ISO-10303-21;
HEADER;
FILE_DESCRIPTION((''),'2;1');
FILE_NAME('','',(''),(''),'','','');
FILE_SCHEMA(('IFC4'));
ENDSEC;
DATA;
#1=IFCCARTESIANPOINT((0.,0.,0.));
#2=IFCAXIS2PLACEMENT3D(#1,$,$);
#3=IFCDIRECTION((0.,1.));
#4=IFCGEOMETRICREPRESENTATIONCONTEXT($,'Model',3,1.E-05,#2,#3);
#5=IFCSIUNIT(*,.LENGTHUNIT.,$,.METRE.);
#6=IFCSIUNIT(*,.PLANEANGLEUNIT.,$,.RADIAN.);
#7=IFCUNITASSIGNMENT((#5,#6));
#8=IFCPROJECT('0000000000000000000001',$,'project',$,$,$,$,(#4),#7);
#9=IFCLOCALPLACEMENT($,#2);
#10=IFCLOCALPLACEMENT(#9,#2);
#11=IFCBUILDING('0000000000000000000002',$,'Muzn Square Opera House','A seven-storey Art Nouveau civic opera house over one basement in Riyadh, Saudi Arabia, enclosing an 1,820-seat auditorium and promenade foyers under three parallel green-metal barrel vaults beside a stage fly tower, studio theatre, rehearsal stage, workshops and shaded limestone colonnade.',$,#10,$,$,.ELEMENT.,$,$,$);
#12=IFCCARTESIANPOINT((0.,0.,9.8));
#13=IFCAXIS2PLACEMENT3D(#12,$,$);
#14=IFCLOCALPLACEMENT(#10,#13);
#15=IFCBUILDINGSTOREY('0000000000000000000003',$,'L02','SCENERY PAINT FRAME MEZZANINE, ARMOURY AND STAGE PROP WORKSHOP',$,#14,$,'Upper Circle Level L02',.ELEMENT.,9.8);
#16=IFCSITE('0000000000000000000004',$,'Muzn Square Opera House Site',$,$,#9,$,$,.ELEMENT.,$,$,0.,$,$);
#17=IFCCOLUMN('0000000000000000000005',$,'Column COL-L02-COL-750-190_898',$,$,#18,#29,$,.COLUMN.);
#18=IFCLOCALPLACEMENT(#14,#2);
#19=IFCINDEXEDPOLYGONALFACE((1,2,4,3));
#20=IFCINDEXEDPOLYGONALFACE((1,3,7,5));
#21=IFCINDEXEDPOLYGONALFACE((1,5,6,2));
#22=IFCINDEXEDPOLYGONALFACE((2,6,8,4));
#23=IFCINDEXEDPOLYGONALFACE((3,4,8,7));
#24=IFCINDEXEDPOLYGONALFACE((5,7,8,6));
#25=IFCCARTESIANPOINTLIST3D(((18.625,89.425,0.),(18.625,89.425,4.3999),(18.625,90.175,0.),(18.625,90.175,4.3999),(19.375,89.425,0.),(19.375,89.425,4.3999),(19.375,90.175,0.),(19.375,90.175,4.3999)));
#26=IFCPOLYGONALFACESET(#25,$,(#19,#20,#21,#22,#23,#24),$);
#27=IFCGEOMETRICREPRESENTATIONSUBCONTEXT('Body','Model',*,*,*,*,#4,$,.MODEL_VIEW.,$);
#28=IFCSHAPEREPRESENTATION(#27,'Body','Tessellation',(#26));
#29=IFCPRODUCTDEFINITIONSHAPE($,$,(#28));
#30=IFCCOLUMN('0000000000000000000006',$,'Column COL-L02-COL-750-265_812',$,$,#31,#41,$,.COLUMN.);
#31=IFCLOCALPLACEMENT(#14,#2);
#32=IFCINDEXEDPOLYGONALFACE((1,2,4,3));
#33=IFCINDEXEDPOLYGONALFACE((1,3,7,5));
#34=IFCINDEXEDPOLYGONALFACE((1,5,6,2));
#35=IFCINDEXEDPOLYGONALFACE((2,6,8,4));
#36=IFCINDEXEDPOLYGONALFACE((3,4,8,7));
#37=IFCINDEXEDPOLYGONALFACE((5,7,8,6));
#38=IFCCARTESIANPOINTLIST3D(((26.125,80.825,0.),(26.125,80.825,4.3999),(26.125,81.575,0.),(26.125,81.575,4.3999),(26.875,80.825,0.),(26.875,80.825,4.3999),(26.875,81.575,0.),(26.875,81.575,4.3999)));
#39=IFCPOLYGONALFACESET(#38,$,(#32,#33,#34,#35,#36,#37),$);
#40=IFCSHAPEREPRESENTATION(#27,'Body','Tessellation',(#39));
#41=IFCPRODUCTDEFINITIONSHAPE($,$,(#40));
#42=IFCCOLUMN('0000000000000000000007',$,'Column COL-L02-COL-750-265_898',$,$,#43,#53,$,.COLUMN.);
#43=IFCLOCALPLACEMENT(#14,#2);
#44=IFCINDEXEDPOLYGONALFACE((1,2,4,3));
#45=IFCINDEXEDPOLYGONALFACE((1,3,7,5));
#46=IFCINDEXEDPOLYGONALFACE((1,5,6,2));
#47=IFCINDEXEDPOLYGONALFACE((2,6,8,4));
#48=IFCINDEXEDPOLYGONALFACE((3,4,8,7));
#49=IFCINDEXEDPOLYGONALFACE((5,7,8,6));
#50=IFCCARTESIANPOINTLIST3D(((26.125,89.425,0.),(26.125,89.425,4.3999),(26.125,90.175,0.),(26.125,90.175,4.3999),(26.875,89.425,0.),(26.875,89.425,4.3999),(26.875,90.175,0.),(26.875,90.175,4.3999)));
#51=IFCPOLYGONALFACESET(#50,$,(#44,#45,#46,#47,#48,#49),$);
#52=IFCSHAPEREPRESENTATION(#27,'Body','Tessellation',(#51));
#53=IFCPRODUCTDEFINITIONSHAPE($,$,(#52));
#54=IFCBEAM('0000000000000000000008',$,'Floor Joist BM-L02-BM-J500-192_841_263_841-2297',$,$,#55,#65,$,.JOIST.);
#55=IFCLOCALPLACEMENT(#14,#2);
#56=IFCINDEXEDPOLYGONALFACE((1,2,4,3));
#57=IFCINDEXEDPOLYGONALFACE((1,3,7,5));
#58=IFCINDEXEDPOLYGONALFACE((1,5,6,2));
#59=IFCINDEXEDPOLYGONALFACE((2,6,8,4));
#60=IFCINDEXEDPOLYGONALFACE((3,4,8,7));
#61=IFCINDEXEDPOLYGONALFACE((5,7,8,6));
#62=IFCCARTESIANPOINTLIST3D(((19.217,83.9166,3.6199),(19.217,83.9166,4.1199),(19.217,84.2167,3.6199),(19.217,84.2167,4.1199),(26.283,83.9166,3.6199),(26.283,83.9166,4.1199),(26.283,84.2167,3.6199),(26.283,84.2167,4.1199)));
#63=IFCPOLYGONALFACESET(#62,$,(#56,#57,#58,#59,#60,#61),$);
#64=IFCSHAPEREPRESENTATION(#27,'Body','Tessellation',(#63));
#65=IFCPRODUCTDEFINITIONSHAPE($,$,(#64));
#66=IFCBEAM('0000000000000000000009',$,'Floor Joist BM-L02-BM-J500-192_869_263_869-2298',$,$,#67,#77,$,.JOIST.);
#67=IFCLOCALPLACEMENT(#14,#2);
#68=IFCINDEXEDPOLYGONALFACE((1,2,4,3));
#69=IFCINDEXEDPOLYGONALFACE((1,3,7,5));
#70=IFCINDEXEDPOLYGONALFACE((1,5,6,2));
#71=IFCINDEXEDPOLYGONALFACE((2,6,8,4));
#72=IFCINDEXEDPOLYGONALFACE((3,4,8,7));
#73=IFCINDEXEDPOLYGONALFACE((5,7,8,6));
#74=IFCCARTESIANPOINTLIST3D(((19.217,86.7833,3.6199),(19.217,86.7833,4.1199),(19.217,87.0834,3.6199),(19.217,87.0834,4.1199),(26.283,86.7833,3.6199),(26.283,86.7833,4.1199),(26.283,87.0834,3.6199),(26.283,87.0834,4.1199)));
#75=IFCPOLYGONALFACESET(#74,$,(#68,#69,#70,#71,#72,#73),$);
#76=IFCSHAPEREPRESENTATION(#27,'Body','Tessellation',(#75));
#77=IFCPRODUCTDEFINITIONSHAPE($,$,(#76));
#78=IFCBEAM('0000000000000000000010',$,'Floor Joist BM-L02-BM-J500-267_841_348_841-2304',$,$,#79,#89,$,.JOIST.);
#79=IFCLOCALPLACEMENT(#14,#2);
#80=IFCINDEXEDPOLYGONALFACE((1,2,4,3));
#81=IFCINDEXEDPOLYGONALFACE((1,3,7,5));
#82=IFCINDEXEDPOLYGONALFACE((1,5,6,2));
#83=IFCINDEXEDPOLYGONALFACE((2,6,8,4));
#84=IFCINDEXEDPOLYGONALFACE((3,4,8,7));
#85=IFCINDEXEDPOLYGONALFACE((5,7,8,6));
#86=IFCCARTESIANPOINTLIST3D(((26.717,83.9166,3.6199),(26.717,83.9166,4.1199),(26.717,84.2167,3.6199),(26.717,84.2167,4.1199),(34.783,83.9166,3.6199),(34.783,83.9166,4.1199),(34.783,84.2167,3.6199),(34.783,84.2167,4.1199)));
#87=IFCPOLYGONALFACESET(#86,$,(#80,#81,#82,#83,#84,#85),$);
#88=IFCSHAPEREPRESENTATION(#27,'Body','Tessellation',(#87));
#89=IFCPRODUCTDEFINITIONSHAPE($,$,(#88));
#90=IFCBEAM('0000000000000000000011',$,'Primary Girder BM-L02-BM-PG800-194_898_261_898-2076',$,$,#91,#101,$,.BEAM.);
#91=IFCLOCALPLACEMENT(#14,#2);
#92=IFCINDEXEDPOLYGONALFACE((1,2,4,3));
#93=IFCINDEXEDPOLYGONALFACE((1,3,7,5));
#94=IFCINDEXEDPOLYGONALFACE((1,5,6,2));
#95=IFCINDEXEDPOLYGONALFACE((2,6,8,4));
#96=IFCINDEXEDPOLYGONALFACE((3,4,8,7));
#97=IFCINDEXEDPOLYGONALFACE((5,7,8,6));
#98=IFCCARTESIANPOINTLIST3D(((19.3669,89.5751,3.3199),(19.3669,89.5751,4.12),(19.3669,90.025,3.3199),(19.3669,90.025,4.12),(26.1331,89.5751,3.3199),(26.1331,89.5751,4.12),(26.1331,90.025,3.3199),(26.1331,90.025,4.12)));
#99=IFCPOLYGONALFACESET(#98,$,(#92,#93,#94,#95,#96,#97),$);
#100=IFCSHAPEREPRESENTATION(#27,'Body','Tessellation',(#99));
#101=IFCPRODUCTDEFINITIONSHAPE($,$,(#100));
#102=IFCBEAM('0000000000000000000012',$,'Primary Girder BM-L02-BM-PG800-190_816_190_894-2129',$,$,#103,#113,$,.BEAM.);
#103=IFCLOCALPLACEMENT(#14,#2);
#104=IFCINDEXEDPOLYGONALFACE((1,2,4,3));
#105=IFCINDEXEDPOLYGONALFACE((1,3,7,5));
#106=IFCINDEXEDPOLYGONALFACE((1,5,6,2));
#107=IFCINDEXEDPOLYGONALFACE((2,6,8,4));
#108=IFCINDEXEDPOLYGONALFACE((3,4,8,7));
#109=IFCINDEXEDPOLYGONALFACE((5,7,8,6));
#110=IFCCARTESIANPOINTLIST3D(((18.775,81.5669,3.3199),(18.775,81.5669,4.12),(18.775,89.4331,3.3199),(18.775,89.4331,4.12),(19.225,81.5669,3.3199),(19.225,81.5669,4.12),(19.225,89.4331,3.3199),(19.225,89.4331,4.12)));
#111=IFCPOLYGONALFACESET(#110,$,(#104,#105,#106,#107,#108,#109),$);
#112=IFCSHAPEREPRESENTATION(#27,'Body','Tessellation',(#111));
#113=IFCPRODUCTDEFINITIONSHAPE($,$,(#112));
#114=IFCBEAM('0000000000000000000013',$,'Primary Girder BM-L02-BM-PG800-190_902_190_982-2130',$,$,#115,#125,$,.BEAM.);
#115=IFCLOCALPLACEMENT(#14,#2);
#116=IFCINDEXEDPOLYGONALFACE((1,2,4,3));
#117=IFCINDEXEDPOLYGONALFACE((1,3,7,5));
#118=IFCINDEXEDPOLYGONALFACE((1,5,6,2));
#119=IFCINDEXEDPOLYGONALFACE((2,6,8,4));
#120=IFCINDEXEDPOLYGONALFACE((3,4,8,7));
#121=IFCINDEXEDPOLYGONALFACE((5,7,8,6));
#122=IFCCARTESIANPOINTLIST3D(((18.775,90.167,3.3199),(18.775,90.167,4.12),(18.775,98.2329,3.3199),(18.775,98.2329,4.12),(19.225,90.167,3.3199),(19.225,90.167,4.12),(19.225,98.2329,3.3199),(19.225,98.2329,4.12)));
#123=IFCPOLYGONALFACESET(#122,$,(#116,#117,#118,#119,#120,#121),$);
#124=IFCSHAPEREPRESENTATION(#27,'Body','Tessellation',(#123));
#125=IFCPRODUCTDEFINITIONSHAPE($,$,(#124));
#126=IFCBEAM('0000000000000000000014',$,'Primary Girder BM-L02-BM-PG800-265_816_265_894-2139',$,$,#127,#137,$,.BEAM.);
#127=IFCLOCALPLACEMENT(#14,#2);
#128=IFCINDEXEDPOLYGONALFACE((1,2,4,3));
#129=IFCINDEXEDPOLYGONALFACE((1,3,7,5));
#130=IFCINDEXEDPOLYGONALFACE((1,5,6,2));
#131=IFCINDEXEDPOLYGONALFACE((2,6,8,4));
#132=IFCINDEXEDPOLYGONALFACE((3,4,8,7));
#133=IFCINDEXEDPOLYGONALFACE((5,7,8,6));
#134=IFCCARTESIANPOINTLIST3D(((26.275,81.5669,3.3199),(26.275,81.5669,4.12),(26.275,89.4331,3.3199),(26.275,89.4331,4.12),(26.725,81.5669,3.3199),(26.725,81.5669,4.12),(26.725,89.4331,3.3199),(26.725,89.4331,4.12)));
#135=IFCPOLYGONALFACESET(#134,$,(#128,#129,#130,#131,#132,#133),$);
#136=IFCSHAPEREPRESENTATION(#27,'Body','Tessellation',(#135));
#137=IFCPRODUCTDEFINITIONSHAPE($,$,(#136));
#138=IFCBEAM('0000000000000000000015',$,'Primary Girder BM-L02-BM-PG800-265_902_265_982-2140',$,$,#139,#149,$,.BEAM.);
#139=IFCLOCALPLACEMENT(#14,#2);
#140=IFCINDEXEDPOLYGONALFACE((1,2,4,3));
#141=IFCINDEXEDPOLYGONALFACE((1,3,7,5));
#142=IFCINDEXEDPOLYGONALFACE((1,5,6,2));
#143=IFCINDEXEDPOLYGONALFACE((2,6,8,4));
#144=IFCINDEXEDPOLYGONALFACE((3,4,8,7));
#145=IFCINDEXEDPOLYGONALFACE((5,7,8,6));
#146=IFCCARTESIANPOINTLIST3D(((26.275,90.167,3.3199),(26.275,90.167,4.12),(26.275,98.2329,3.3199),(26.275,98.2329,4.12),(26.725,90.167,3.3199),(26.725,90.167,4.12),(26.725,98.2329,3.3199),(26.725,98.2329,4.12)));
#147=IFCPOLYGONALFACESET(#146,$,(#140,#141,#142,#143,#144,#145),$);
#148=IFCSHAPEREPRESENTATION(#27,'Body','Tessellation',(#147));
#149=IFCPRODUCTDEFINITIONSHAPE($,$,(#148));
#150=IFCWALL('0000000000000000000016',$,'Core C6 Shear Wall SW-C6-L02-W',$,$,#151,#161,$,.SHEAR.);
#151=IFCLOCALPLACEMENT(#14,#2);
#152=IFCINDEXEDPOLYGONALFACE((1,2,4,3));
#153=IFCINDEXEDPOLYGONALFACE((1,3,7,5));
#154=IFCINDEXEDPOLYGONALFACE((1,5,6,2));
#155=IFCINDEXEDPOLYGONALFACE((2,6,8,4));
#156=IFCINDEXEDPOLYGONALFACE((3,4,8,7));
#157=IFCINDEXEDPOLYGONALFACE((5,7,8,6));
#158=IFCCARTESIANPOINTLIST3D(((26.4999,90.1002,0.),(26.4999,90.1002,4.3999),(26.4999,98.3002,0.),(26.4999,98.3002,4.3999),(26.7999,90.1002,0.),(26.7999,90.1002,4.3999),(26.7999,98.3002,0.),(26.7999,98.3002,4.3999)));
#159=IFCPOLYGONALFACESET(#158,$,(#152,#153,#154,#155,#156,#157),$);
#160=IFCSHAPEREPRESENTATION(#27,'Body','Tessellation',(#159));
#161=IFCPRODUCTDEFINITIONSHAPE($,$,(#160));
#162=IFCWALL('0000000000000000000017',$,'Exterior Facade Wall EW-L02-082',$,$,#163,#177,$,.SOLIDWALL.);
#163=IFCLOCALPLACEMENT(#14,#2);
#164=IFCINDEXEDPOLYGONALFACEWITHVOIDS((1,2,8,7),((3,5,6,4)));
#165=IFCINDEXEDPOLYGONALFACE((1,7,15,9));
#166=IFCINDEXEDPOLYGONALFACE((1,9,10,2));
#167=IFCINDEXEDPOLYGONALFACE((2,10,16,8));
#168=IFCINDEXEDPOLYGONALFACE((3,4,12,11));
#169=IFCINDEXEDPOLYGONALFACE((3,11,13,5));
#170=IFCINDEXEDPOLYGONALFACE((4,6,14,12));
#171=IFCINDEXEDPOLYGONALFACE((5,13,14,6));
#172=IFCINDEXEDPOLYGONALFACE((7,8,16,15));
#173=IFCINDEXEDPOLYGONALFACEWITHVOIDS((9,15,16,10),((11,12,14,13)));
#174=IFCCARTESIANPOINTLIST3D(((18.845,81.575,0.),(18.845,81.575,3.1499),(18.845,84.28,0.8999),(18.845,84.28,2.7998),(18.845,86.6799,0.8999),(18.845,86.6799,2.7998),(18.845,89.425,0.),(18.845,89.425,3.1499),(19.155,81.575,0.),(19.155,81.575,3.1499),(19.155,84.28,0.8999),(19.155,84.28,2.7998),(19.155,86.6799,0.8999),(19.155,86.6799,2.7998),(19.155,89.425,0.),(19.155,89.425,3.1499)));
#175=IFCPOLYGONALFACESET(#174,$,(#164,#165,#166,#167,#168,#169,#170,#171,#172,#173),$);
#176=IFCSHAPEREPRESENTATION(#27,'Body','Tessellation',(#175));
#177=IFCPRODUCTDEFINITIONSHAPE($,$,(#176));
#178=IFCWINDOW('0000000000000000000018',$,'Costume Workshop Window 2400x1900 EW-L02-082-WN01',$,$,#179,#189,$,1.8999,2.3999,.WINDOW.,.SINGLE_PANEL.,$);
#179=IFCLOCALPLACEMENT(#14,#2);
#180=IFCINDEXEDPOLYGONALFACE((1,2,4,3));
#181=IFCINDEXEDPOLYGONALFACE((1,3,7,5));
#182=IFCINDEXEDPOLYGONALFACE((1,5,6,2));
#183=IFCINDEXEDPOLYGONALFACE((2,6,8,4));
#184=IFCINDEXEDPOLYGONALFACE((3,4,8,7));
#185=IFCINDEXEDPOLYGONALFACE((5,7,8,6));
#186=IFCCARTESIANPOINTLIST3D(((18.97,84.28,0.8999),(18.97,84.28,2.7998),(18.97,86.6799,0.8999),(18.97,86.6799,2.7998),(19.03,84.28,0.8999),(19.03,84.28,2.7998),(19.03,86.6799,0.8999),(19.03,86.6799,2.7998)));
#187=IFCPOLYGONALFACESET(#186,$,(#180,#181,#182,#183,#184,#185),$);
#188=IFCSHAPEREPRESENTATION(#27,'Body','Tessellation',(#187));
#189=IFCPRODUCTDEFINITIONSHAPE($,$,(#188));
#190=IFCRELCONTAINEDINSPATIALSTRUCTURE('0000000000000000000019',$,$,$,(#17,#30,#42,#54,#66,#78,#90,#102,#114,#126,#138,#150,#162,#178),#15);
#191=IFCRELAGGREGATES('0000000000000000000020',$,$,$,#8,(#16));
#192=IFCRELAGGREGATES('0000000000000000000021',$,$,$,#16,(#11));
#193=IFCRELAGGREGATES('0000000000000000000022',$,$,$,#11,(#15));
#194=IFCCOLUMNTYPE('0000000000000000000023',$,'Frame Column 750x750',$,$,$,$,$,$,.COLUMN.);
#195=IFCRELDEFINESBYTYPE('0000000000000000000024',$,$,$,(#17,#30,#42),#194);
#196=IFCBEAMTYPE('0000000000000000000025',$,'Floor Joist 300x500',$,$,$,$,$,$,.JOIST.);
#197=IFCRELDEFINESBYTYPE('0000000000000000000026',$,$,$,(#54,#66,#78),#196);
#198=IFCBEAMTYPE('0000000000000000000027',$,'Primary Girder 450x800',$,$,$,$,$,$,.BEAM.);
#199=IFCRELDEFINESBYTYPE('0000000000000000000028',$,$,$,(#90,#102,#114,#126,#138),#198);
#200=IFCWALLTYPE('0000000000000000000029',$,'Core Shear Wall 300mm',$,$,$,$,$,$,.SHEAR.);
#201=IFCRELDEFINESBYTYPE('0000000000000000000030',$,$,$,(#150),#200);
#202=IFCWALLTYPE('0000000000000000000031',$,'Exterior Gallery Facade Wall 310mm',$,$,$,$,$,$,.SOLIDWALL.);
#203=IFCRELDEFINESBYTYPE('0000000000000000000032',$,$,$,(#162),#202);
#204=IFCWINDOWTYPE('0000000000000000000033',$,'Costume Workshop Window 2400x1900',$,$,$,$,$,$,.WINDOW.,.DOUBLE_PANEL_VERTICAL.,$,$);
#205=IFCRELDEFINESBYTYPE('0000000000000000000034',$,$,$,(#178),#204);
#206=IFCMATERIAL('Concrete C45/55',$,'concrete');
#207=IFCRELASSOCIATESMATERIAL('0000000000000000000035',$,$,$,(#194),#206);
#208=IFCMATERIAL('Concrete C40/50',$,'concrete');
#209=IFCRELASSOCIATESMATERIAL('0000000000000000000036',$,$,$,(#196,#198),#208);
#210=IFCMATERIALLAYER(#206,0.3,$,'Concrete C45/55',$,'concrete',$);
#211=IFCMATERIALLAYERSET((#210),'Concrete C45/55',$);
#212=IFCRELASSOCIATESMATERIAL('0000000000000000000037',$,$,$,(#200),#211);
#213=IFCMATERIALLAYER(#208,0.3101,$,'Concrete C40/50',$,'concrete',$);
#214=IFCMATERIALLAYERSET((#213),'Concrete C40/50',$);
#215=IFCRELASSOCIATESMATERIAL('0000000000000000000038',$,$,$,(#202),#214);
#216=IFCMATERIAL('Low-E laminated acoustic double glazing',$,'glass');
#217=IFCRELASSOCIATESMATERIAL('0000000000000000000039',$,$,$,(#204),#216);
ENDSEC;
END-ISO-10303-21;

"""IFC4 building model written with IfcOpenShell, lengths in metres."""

from ifc_helpers import new_model, si_unit, direction, frame, frame_2d, origin, origin_2d, place, context, subcontext, project, spatial, rectangle, extrude, material, layer, layer_set, material_profile, profile_set, type_object, element, fill, save


model = new_model("IFC4")

# Units and contexts
model_context = context("Model", 3, precision=1e-05, world=origin(), true_north=direction((0.0, 1.0)))
body_context = subcontext(model_context, "Body", "Model", "MODEL_VIEW")
ifc_project = project(units=[si_unit("LENGTHUNIT", "METRE"), si_unit("PLANEANGLEUNIT", "RADIAN")], contexts=[model_context])

# Site, building, storey
site_placement = place(None, origin())
site = spatial("IfcSite", under=ifc_project, at=site_placement, Name="Muzn Square Opera House Site", CompositionType="ELEMENT", RefElevation=0.0)
building_placement = place(site_placement, origin())
building = spatial("IfcBuilding", under=site, at=building_placement, Name="Muzn Square Opera House", Description="A seven-storey Art Nouveau civic opera house over one basement in Riyadh, Saudi Arabia, enclosing an 1,820-seat auditorium and promenade foyers under three parallel green-metal barrel vaults beside a stage fly tower, studio theatre, rehearsal stage, workshops and shaded limestone colonnade.", CompositionType="ELEMENT")
storey_placement = place(building_placement, frame((0.0, 0.0, 9.8)))
storey = spatial("IfcBuildingStorey", under=building, at=storey_placement, Name="L02", Description="SCENERY PAINT FRAME MEZZANINE, ARMOURY AND STAGE PROP WORKSHOP", LongName="Upper Circle Level L02", CompositionType="ELEMENT", Elevation=9.8)

# Columns
ifc_material_1 = material(Name="Concrete C45/55", Category="concrete")
ifc_material_profile_1 = material_profile(ifc_material_1, rectangle(XDim=0.75, YDim=0.75, at=origin_2d()), Name="RC 750x750", Category="concrete")
ifc_profile_set_1 = profile_set([ifc_material_profile_1], Name="Concrete C45/55")
column_type = type_object("IfcColumnType", Name="Frame Column 750x750", PredefinedType="COLUMN", material=ifc_profile_set_1)
for number, where, z_axis, x_axis, name in (
    (1, (19.0, 89.8, 0.0), (0.0, 0.0, 1.0), (1.0, 0.0, 0.0), "Column COL-L02-COL-750-190_898"),
    (2, (26.5, 81.2, 0.0), (0.0, 0.0, 1.0), (1.0, 0.0, 0.0), "Column COL-L02-COL-750-265_812"),
    (3, (26.5, 89.8, 0.0), (0.0, 0.0, 1.0), (1.0, 0.0, 0.0), "Column COL-L02-COL-750-265_898"),
):
    element("IfcColumn", number, at=place(storey_placement, frame(where, z_axis=z_axis, x_axis=x_axis)), inside=storey, type_object=column_type, Name=name, PredefinedType="COLUMN", context=body_context, shape_type="SweptSolid", body=[
        extrude(rectangle(XDim=0.75, YDim=0.75, at=origin_2d()), origin(), (0.0, 0.0, 1.0), 4.3999),
    ])

# Beams
ifc_material_2 = material(Name="Concrete C40/50", Category="concrete")
ifc_material_profile_2 = material_profile(ifc_material_2, rectangle(XDim=0.3, YDim=0.5, at=origin_2d()), Name="RCJ 300x500", Category="concrete")
ifc_profile_set_2 = profile_set([ifc_material_profile_2], Name="Concrete C40/50")
beam_type_1 = type_object("IfcBeamType", Name="Floor Joist 300x500", PredefinedType="JOIST", material=ifc_profile_set_2)
for number, where, z_axis, x_axis, name in (
    (4, (19.217, 84.0667, 3.8699), (1.0, 0.0, 0.0), (0.0, 1.0, 0.0), "Floor Joist BM-L02-BM-J500-192_841_263_841-2297"),
    (5, (19.217, 86.9333, 3.8699), (1.0, 0.0, 0.0), (0.0, 1.0, 0.0), "Floor Joist BM-L02-BM-J500-192_869_263_869-2298"),
):
    element("IfcBeam", number, at=place(storey_placement, frame(where, z_axis=z_axis, x_axis=x_axis)), inside=storey, type_object=beam_type_1, Name=name, PredefinedType="JOIST", context=body_context, shape_type="SweptSolid", body=[
        extrude(rectangle(XDim=0.3, YDim=0.5, at=origin_2d()), origin(), (0.0, 0.0, 1.0), 7.0659),
    ])
beam_1_placement = place(storey_placement, frame((26.717, 84.0667, 3.8699), z_axis=(1.0, 0.0, 0.0), x_axis=(0.0, 1.0, 0.0)))
element("IfcBeam", 6, at=beam_1_placement, inside=storey, type_object=beam_type_1, Name="Floor Joist BM-L02-BM-J500-267_841_348_841-2304", PredefinedType="JOIST", context=body_context, shape_type="SweptSolid", body=[
    extrude(rectangle(XDim=0.3, YDim=0.5, at=origin_2d()), origin(), (0.0, 0.0, 1.0), 8.0659),
])
ifc_material_profile_3 = material_profile(ifc_material_2, rectangle(XDim=0.45, YDim=0.8, at=origin_2d()), Name="RCB 450x800", Category="concrete")
ifc_profile_set_3 = profile_set([ifc_material_profile_3], Name="Concrete C40/50")
beam_type_2 = type_object("IfcBeamType", Name="Primary Girder 450x800", PredefinedType="BEAM", material=ifc_profile_set_3)
beam_2_placement = place(storey_placement, frame((19.3669, 89.8, 3.72), z_axis=(1.0, 0.0, 0.0), x_axis=(0.0, 1.0, 0.0)))
element("IfcBeam", 7, at=beam_2_placement, inside=storey, type_object=beam_type_2, Name="Primary Girder BM-L02-BM-PG800-194_898_261_898-2076", PredefinedType="BEAM", context=body_context, shape_type="SweptSolid", body=[
    extrude(rectangle(XDim=0.45, YDim=0.8, at=origin_2d()), origin(), (0.0, 0.0, 1.0), 6.7661),
])
beam_3_placement = place(storey_placement, frame((19.0, 81.5669, 3.72), z_axis=(0.0, 1.0, 0.0), x_axis=(-1.0, 0.0, 0.0)))
element("IfcBeam", 8, at=beam_3_placement, inside=storey, type_object=beam_type_2, Name="Primary Girder BM-L02-BM-PG800-190_816_190_894-2129", PredefinedType="BEAM", context=body_context, shape_type="SweptSolid", body=[
    extrude(rectangle(XDim=0.45, YDim=0.8, at=origin_2d()), origin(), (0.0, 0.0, 1.0), 7.8662),
])
beam_4_placement = place(storey_placement, frame((19.0, 90.167, 3.72), z_axis=(0.0, 1.0, 0.0), x_axis=(-1.0, 0.0, 0.0)))
element("IfcBeam", 9, at=beam_4_placement, inside=storey, type_object=beam_type_2, Name="Primary Girder BM-L02-BM-PG800-190_902_190_982-2130", PredefinedType="BEAM", context=body_context, shape_type="SweptSolid", body=[
    extrude(rectangle(XDim=0.45, YDim=0.8, at=origin_2d()), origin(), (0.0, 0.0, 1.0), 8.0659),
])
beam_5_placement = place(storey_placement, frame((26.5, 81.5669, 3.72), z_axis=(0.0, 1.0, 0.0), x_axis=(-1.0, 0.0, 0.0)))
element("IfcBeam", 10, at=beam_5_placement, inside=storey, type_object=beam_type_2, Name="Primary Girder BM-L02-BM-PG800-265_816_265_894-2139", PredefinedType="BEAM", context=body_context, shape_type="SweptSolid", body=[
    extrude(rectangle(XDim=0.45, YDim=0.8, at=origin_2d()), origin(), (0.0, 0.0, 1.0), 7.8662),
])
beam_6_placement = place(storey_placement, frame((26.5, 90.167, 3.72), z_axis=(0.0, 1.0, 0.0), x_axis=(-1.0, 0.0, 0.0)))
element("IfcBeam", 11, at=beam_6_placement, inside=storey, type_object=beam_type_2, Name="Primary Girder BM-L02-BM-PG800-265_902_265_982-2140", PredefinedType="BEAM", context=body_context, shape_type="SweptSolid", body=[
    extrude(rectangle(XDim=0.45, YDim=0.8, at=origin_2d()), origin(), (0.0, 0.0, 1.0), 8.0659),
])

# Wall
ifc_layer_1 = layer(ifc_material_1, 0.3, Name="Concrete C45/55", Category="concrete")
ifc_layer_set_1 = layer_set([ifc_layer_1], Name="Concrete C45/55")
wall_type_1 = type_object("IfcWallType", Name="Core Shear Wall 300mm", PredefinedType="SHEAR", material=ifc_layer_set_1)
wall_1_placement = place(storey_placement, frame((26.6499, 90.1001, 0.0), z_axis=(0.0, 0.0, 1.0), x_axis=(0.0, 1.0, 0.0)))
element("IfcWall", 12, at=wall_1_placement, inside=storey, type_object=wall_type_1, Name="Core C6 Shear Wall SW-C6-L02-W", PredefinedType="SHEAR", context=body_context, shape_type="SweptSolid", body=[
    extrude(rectangle(XDim=8.2, YDim=0.3, at=frame_2d((4.1001, 0.0))), origin(), (0.0, 0.0, 1.0), 4.3999),
])

# Wall, opening, window
ifc_layer_2 = layer(ifc_material_2, 0.3101, Name="Concrete C40/50", Category="concrete")
ifc_layer_set_2 = layer_set([ifc_layer_2], Name="Concrete C40/50")
wall_type_2 = type_object("IfcWallType", Name="Exterior Gallery Facade Wall 310mm", PredefinedType="SOLIDWALL", material=ifc_layer_set_2)
wall_2_placement = place(storey_placement, frame((19.0, 81.575, 0.0), z_axis=(0.0, 0.0, 1.0), x_axis=(0.0, 1.0, 0.0)))
wall_2 = element("IfcWall", 13, at=wall_2_placement, inside=storey, type_object=wall_type_2, Name="Exterior Facade Wall EW-L02-082", PredefinedType="SOLIDWALL", context=body_context, shape_type="SweptSolid", body=[
    extrude(rectangle(XDim=7.8501, YDim=0.3101, at=frame_2d((3.925, 0.0))), origin(), (0.0, 0.0, 1.0), 3.1499),
])
opening_1_placement = place(wall_2_placement, frame((2.7051, 0.0, 0.8999)))
opening_1 = element("IfcOpeningElement", 14, at=opening_1_placement, cuts=wall_2, PredefinedType="OPENING", context=body_context, shape_type="SweptSolid", body=[
    extrude(rectangle(XDim=2.3999, YDim=1.8999, at=frame_2d((1.2, 0.95))), frame((0.0, 0.165, 0.0), z_axis=(0.0, -1.0, 0.0), x_axis=(1.0, 0.0, 0.0)), (0.0, 0.0, 1.0), 0.3301),
])
ifc_material_3 = material(Name="Low-E laminated acoustic double glazing", Category="glass")
window_type = type_object("IfcWindowType", Name="Costume Workshop Window 2400x1900", PartitioningType="DOUBLE_PANEL_VERTICAL", PredefinedType="WINDOW", material=ifc_material_3)
window_placement = place(opening_1_placement, origin())
window = element("IfcWindow", 15, at=window_placement, inside=storey, type_object=window_type, Name="Costume Workshop Window 2400x1900 EW-L02-082-WN01", OverallHeight=1.8999, OverallWidth=2.3999, PartitioningType="SINGLE_PANEL", PredefinedType="WINDOW", context=body_context, shape_type="SweptSolid", body=[
    extrude(rectangle(XDim=2.3999, YDim=1.8999, at=frame_2d((1.2, 0.95))), frame((0.0, 0.03, 0.0), z_axis=(0.0, -1.0, 0.0), x_axis=(1.0, 0.0, 0.0)), (0.0, 0.0, 1.0), 0.0601),
])
fill(opening_1, window)

save(model, "model.ifc")
